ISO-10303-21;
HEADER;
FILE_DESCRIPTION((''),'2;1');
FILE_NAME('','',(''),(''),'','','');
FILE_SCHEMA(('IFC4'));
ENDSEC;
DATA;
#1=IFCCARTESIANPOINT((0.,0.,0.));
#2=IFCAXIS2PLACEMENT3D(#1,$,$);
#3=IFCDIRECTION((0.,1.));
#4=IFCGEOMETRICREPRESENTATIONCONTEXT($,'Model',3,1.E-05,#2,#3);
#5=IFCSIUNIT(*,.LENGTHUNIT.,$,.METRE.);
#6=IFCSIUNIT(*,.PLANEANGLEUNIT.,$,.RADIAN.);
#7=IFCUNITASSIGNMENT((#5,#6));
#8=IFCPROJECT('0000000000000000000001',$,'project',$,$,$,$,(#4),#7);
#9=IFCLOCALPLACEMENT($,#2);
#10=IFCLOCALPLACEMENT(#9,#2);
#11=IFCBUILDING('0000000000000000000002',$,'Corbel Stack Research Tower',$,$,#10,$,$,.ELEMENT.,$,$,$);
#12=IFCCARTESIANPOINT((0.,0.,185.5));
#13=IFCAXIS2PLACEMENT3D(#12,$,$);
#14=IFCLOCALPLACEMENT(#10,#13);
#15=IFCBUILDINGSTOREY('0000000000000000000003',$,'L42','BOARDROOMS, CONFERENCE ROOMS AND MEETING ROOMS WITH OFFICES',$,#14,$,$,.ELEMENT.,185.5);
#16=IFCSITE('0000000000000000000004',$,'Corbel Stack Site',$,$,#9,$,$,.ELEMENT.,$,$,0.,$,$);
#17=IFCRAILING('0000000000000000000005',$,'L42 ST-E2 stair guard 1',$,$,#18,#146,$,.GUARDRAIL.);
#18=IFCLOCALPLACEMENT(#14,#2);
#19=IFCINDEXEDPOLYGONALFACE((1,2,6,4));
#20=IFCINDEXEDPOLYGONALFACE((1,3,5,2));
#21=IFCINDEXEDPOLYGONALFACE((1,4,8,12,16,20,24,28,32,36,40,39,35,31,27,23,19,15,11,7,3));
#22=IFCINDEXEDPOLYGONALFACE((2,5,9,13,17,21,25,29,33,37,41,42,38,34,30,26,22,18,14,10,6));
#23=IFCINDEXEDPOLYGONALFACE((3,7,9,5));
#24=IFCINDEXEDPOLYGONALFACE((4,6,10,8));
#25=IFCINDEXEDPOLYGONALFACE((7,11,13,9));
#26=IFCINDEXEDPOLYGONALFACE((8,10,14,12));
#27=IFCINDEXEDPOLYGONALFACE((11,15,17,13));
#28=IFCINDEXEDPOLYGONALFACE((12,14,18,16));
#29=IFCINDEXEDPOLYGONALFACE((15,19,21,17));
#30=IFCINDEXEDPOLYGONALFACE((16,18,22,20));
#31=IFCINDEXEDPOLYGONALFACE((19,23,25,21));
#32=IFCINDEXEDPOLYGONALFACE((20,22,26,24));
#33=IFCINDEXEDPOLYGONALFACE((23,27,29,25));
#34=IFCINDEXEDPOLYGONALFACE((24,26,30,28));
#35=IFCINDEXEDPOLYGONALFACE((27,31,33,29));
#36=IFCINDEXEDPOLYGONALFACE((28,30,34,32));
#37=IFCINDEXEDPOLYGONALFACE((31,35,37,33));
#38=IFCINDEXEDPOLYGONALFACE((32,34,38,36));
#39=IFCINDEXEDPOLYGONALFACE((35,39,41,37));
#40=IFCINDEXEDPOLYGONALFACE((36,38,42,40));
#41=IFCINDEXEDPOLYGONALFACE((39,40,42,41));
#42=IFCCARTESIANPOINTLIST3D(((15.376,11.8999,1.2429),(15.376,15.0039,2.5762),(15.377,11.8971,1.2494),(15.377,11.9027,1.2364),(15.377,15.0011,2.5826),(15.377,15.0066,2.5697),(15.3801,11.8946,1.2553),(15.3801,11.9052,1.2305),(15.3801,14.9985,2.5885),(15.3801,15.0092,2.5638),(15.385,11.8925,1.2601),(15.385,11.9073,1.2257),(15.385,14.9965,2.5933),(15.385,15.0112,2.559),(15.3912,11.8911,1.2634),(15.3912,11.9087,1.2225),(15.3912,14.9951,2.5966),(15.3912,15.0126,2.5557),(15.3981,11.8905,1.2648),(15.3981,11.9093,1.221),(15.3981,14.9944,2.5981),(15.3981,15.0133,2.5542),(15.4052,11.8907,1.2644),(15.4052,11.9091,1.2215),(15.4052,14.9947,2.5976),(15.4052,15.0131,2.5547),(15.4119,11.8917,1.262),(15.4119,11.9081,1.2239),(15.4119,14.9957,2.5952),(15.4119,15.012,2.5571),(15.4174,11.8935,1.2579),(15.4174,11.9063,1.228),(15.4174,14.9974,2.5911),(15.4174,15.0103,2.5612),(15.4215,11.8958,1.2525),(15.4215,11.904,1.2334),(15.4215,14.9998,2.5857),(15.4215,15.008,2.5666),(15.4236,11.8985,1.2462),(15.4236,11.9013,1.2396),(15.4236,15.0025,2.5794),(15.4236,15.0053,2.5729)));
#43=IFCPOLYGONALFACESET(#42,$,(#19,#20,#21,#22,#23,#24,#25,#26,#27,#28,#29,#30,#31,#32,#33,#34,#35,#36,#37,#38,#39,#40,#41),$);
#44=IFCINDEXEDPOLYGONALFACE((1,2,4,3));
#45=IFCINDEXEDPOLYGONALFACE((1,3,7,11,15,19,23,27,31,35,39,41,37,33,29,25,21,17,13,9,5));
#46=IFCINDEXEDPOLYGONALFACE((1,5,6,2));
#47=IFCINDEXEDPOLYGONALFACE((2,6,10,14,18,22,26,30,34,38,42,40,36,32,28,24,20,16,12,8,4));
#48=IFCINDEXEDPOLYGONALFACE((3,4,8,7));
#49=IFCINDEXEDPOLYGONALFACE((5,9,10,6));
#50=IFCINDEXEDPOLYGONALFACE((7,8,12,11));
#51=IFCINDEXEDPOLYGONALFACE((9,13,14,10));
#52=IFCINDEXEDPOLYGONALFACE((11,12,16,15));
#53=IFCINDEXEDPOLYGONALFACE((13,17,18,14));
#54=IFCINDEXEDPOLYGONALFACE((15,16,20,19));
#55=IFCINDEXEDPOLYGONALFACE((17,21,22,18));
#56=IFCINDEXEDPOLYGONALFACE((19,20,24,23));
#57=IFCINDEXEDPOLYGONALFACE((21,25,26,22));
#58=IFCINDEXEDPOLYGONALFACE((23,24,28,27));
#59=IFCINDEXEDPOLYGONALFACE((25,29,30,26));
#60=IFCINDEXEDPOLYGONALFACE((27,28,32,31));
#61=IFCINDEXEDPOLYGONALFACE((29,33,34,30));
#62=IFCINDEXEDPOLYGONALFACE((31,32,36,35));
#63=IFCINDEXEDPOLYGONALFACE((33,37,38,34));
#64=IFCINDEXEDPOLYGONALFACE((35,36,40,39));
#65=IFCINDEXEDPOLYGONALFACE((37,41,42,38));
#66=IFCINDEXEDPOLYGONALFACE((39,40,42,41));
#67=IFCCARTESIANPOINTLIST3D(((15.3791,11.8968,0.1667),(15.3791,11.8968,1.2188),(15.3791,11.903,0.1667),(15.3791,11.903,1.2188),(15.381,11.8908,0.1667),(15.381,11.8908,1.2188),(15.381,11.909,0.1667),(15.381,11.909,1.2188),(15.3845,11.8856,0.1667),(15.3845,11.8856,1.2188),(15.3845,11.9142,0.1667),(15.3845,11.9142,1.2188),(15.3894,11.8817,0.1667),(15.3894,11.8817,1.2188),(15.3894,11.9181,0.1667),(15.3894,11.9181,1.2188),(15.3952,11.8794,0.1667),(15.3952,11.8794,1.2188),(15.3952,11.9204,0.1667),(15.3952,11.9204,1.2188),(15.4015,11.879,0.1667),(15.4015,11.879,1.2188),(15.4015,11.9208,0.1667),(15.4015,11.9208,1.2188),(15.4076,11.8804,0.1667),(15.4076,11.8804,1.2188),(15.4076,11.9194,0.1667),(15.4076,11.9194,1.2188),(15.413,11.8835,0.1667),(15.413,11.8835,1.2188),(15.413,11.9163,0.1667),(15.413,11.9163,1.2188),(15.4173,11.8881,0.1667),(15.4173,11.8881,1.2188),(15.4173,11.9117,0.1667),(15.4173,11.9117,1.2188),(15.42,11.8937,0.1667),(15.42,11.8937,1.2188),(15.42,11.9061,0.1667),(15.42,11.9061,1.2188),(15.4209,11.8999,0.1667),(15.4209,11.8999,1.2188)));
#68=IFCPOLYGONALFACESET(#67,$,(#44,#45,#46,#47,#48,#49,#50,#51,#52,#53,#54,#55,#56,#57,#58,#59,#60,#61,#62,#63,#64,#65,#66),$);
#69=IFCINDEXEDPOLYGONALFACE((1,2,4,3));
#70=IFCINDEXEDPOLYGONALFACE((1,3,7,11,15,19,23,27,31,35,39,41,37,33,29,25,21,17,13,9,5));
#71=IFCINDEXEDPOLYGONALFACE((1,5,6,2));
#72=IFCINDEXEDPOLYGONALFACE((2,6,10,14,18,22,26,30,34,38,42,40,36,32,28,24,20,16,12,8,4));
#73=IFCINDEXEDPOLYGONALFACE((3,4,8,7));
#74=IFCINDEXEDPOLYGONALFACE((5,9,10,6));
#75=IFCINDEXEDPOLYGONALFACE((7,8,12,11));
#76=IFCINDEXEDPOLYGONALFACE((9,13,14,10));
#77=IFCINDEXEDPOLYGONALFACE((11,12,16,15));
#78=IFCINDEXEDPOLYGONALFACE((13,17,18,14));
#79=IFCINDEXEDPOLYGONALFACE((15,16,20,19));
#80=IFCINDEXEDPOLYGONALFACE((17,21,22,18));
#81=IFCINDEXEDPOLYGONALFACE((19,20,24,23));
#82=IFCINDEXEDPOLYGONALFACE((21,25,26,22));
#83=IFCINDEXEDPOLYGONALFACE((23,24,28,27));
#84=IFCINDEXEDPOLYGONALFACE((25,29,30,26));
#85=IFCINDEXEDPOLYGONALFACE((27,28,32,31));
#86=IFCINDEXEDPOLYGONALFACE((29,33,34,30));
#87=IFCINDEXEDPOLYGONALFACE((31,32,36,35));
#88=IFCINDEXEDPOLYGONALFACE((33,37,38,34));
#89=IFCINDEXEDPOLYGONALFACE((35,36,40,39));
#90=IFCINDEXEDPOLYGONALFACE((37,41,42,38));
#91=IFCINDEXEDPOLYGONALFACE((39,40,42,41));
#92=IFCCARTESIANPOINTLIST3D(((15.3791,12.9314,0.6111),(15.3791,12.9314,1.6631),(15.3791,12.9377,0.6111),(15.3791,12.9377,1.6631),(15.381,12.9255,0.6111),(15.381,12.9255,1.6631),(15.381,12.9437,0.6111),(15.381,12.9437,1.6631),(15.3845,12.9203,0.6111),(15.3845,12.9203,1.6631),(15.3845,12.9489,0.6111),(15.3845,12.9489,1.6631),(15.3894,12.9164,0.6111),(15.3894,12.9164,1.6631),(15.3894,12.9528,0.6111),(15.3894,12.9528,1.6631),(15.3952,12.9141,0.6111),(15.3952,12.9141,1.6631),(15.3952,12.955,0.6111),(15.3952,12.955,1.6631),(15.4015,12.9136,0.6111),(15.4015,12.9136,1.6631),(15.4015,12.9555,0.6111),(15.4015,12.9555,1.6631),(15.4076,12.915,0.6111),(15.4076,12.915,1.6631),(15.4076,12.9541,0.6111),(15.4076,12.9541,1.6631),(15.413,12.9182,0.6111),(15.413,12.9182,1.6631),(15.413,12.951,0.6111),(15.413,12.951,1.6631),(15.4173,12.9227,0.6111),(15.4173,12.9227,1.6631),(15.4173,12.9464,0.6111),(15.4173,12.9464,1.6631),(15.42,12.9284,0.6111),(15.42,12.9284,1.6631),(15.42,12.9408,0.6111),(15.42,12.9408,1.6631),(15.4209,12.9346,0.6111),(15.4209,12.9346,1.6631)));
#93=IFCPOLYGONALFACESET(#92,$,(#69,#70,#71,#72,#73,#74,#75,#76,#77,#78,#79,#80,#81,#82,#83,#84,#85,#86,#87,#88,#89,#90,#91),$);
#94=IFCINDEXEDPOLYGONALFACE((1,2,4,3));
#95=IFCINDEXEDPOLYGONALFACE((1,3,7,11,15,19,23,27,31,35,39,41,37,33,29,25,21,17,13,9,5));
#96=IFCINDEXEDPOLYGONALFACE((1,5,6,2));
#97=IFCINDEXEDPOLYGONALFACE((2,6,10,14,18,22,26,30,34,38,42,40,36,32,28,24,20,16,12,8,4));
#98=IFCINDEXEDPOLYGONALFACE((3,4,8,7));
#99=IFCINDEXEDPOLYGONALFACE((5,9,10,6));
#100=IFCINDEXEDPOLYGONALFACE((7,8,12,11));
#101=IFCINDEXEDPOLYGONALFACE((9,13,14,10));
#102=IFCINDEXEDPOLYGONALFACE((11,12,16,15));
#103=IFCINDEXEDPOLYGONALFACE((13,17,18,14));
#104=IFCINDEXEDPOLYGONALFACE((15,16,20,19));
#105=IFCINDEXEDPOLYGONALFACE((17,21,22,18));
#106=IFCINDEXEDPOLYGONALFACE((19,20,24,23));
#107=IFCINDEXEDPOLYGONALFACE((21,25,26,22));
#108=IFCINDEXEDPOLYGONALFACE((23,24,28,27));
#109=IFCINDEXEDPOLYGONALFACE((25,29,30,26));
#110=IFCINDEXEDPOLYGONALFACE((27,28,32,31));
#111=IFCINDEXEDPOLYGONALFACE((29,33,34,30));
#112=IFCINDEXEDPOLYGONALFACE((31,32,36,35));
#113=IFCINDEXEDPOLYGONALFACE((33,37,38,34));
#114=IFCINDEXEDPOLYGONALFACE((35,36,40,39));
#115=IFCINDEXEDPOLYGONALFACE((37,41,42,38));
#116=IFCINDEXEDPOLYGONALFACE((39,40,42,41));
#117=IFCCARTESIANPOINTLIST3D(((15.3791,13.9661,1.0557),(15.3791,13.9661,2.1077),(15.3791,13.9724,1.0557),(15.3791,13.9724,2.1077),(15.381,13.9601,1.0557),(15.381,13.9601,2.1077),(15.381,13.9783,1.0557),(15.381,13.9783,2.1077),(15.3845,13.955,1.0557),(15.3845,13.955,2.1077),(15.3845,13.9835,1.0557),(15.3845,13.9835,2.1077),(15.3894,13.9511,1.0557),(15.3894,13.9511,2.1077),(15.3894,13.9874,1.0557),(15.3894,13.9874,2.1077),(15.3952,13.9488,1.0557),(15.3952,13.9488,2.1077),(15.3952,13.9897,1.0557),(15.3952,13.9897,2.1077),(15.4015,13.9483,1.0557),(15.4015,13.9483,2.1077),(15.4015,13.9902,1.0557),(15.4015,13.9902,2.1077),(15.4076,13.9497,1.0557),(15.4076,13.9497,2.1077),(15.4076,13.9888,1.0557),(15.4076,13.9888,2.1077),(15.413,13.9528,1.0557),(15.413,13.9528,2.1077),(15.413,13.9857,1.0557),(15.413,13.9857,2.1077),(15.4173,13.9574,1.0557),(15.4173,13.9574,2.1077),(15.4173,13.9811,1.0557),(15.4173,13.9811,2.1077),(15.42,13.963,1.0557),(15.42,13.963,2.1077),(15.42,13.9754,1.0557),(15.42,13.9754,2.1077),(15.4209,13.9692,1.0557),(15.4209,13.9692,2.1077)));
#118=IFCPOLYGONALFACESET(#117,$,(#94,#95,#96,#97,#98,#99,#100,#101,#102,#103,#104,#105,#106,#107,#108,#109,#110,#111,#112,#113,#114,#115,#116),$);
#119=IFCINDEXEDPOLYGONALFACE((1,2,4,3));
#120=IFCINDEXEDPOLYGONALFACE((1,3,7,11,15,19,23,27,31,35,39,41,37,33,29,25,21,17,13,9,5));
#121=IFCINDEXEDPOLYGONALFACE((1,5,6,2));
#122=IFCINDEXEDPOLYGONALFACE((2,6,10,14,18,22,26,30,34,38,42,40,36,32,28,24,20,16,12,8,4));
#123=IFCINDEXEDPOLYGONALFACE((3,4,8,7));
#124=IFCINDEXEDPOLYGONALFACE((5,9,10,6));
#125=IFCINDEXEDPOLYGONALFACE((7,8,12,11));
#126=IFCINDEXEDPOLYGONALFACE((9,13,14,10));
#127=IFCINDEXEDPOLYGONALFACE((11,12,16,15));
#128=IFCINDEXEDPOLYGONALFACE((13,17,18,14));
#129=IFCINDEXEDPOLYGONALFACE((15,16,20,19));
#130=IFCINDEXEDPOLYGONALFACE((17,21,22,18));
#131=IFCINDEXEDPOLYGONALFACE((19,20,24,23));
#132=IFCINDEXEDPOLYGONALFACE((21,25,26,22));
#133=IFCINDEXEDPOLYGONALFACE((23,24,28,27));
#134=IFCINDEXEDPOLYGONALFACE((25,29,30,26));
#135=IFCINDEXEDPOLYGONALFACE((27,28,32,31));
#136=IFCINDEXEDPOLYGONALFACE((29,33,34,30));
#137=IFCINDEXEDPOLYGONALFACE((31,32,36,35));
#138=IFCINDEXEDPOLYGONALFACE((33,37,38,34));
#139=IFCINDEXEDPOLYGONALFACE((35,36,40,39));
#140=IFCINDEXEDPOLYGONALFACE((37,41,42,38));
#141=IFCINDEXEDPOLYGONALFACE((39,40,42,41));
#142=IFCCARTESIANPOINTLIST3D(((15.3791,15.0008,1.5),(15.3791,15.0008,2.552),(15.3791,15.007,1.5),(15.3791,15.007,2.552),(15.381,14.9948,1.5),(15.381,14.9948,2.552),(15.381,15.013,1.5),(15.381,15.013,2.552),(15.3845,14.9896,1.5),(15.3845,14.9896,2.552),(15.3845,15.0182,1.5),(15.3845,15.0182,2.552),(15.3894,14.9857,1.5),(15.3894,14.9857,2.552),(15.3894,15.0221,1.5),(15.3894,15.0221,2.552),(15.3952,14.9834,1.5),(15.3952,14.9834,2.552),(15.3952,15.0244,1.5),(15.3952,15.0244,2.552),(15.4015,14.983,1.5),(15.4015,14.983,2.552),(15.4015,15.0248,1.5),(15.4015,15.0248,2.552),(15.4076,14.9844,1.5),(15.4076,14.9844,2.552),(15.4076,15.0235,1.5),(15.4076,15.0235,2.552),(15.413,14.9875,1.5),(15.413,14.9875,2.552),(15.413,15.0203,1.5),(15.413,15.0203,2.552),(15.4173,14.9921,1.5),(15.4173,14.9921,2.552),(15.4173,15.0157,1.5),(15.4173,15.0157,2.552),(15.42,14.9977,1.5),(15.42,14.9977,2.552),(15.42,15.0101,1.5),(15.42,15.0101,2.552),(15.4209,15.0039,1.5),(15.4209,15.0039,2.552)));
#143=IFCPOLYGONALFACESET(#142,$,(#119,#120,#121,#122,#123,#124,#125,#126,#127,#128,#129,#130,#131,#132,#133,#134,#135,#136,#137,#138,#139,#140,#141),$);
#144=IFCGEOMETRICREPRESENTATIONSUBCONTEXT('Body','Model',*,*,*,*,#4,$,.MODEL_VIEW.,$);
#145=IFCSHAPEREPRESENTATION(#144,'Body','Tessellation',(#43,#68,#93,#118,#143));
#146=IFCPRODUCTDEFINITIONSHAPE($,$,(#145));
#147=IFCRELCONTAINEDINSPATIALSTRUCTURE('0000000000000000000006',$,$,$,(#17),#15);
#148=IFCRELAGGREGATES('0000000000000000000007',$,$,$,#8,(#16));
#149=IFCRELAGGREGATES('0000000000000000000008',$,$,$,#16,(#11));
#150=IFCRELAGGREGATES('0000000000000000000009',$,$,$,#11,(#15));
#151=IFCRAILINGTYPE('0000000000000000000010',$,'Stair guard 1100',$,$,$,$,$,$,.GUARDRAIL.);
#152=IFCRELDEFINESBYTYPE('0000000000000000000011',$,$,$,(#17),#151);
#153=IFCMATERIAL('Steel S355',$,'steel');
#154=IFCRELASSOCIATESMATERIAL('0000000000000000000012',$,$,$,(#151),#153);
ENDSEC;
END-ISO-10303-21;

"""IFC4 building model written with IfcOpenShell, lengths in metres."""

from ifc_helpers import new_model, si_unit, direction, frame, origin, origin_2d, place, context, subcontext, project, spatial, circle, extrude, material, type_object, element, save


model = new_model("IFC4")

# Units and contexts
model_context = context("Model", 3, precision=1e-05, world=origin(), true_north=direction((0.0, 1.0)))
body_context = subcontext(model_context, "Body", "Model", "MODEL_VIEW")
ifc_project = project(units=[si_unit("LENGTHUNIT", "METRE"), si_unit("PLANEANGLEUNIT", "RADIAN")], contexts=[model_context])

# Site, building, storey
site_placement = place(None, origin())
site = spatial("IfcSite", under=ifc_project, at=site_placement, Name="Corbel Stack Site", CompositionType="ELEMENT", RefElevation=0.0)
building_placement = place(site_placement, origin())
building = spatial("IfcBuilding", under=site, at=building_placement, Name="Corbel Stack Research Tower", CompositionType="ELEMENT")
storey_placement = place(building_placement, frame((0.0, 0.0, 185.5)))
storey = spatial("IfcBuildingStorey", under=building, at=storey_placement, Name="L42", Description="BOARDROOMS, CONFERENCE ROOMS AND MEETING ROOMS WITH OFFICES", CompositionType="ELEMENT", Elevation=185.5)

# Railing
ifc_material_1 = material(Name="Steel S355", Category="steel")
railing_type_1 = type_object("IfcRailingType", Name="Stair guard 1100", PredefinedType="GUARDRAIL", material=ifc_material_1)
railing_1_placement = place(storey_placement, frame((15.3999, 11.8999, 0.1667)))
element("IfcRailing", 1, at=railing_1_placement, inside=storey, type_object=railing_type_1, Name="L42 ST-E2 stair guard 1", PredefinedType="GUARDRAIL", context=body_context, shape_type="SweptSolid", body=[
    extrude(circle(Radius=0.0239, at=origin_2d()), frame((0.0, 0.0, 1.0762), z_axis=(0.0, 0.918827, 0.394661), x_axis=(-1.0, 0.0, 0.0)), (0.0, 0.0, 1.0), 3.3782),
    extrude(circle(Radius=0.021, at=origin_2d()), origin(), (0.0, 0.0, 1.0), 1.052),
    extrude(circle(Radius=0.021, at=origin_2d()), frame((0.0, 1.0347, 0.4443)), (0.0, 0.0, 1.0), 1.052),
    extrude(circle(Radius=0.021, at=origin_2d()), frame((0.0, 2.0693, 0.8889)), (0.0, 0.0, 1.0), 1.052),
    extrude(circle(Radius=0.021, at=origin_2d()), frame((0.0, 3.104, 1.3333)), (0.0, 0.0, 1.0), 1.052),
])

save(model, "model.ifc")
